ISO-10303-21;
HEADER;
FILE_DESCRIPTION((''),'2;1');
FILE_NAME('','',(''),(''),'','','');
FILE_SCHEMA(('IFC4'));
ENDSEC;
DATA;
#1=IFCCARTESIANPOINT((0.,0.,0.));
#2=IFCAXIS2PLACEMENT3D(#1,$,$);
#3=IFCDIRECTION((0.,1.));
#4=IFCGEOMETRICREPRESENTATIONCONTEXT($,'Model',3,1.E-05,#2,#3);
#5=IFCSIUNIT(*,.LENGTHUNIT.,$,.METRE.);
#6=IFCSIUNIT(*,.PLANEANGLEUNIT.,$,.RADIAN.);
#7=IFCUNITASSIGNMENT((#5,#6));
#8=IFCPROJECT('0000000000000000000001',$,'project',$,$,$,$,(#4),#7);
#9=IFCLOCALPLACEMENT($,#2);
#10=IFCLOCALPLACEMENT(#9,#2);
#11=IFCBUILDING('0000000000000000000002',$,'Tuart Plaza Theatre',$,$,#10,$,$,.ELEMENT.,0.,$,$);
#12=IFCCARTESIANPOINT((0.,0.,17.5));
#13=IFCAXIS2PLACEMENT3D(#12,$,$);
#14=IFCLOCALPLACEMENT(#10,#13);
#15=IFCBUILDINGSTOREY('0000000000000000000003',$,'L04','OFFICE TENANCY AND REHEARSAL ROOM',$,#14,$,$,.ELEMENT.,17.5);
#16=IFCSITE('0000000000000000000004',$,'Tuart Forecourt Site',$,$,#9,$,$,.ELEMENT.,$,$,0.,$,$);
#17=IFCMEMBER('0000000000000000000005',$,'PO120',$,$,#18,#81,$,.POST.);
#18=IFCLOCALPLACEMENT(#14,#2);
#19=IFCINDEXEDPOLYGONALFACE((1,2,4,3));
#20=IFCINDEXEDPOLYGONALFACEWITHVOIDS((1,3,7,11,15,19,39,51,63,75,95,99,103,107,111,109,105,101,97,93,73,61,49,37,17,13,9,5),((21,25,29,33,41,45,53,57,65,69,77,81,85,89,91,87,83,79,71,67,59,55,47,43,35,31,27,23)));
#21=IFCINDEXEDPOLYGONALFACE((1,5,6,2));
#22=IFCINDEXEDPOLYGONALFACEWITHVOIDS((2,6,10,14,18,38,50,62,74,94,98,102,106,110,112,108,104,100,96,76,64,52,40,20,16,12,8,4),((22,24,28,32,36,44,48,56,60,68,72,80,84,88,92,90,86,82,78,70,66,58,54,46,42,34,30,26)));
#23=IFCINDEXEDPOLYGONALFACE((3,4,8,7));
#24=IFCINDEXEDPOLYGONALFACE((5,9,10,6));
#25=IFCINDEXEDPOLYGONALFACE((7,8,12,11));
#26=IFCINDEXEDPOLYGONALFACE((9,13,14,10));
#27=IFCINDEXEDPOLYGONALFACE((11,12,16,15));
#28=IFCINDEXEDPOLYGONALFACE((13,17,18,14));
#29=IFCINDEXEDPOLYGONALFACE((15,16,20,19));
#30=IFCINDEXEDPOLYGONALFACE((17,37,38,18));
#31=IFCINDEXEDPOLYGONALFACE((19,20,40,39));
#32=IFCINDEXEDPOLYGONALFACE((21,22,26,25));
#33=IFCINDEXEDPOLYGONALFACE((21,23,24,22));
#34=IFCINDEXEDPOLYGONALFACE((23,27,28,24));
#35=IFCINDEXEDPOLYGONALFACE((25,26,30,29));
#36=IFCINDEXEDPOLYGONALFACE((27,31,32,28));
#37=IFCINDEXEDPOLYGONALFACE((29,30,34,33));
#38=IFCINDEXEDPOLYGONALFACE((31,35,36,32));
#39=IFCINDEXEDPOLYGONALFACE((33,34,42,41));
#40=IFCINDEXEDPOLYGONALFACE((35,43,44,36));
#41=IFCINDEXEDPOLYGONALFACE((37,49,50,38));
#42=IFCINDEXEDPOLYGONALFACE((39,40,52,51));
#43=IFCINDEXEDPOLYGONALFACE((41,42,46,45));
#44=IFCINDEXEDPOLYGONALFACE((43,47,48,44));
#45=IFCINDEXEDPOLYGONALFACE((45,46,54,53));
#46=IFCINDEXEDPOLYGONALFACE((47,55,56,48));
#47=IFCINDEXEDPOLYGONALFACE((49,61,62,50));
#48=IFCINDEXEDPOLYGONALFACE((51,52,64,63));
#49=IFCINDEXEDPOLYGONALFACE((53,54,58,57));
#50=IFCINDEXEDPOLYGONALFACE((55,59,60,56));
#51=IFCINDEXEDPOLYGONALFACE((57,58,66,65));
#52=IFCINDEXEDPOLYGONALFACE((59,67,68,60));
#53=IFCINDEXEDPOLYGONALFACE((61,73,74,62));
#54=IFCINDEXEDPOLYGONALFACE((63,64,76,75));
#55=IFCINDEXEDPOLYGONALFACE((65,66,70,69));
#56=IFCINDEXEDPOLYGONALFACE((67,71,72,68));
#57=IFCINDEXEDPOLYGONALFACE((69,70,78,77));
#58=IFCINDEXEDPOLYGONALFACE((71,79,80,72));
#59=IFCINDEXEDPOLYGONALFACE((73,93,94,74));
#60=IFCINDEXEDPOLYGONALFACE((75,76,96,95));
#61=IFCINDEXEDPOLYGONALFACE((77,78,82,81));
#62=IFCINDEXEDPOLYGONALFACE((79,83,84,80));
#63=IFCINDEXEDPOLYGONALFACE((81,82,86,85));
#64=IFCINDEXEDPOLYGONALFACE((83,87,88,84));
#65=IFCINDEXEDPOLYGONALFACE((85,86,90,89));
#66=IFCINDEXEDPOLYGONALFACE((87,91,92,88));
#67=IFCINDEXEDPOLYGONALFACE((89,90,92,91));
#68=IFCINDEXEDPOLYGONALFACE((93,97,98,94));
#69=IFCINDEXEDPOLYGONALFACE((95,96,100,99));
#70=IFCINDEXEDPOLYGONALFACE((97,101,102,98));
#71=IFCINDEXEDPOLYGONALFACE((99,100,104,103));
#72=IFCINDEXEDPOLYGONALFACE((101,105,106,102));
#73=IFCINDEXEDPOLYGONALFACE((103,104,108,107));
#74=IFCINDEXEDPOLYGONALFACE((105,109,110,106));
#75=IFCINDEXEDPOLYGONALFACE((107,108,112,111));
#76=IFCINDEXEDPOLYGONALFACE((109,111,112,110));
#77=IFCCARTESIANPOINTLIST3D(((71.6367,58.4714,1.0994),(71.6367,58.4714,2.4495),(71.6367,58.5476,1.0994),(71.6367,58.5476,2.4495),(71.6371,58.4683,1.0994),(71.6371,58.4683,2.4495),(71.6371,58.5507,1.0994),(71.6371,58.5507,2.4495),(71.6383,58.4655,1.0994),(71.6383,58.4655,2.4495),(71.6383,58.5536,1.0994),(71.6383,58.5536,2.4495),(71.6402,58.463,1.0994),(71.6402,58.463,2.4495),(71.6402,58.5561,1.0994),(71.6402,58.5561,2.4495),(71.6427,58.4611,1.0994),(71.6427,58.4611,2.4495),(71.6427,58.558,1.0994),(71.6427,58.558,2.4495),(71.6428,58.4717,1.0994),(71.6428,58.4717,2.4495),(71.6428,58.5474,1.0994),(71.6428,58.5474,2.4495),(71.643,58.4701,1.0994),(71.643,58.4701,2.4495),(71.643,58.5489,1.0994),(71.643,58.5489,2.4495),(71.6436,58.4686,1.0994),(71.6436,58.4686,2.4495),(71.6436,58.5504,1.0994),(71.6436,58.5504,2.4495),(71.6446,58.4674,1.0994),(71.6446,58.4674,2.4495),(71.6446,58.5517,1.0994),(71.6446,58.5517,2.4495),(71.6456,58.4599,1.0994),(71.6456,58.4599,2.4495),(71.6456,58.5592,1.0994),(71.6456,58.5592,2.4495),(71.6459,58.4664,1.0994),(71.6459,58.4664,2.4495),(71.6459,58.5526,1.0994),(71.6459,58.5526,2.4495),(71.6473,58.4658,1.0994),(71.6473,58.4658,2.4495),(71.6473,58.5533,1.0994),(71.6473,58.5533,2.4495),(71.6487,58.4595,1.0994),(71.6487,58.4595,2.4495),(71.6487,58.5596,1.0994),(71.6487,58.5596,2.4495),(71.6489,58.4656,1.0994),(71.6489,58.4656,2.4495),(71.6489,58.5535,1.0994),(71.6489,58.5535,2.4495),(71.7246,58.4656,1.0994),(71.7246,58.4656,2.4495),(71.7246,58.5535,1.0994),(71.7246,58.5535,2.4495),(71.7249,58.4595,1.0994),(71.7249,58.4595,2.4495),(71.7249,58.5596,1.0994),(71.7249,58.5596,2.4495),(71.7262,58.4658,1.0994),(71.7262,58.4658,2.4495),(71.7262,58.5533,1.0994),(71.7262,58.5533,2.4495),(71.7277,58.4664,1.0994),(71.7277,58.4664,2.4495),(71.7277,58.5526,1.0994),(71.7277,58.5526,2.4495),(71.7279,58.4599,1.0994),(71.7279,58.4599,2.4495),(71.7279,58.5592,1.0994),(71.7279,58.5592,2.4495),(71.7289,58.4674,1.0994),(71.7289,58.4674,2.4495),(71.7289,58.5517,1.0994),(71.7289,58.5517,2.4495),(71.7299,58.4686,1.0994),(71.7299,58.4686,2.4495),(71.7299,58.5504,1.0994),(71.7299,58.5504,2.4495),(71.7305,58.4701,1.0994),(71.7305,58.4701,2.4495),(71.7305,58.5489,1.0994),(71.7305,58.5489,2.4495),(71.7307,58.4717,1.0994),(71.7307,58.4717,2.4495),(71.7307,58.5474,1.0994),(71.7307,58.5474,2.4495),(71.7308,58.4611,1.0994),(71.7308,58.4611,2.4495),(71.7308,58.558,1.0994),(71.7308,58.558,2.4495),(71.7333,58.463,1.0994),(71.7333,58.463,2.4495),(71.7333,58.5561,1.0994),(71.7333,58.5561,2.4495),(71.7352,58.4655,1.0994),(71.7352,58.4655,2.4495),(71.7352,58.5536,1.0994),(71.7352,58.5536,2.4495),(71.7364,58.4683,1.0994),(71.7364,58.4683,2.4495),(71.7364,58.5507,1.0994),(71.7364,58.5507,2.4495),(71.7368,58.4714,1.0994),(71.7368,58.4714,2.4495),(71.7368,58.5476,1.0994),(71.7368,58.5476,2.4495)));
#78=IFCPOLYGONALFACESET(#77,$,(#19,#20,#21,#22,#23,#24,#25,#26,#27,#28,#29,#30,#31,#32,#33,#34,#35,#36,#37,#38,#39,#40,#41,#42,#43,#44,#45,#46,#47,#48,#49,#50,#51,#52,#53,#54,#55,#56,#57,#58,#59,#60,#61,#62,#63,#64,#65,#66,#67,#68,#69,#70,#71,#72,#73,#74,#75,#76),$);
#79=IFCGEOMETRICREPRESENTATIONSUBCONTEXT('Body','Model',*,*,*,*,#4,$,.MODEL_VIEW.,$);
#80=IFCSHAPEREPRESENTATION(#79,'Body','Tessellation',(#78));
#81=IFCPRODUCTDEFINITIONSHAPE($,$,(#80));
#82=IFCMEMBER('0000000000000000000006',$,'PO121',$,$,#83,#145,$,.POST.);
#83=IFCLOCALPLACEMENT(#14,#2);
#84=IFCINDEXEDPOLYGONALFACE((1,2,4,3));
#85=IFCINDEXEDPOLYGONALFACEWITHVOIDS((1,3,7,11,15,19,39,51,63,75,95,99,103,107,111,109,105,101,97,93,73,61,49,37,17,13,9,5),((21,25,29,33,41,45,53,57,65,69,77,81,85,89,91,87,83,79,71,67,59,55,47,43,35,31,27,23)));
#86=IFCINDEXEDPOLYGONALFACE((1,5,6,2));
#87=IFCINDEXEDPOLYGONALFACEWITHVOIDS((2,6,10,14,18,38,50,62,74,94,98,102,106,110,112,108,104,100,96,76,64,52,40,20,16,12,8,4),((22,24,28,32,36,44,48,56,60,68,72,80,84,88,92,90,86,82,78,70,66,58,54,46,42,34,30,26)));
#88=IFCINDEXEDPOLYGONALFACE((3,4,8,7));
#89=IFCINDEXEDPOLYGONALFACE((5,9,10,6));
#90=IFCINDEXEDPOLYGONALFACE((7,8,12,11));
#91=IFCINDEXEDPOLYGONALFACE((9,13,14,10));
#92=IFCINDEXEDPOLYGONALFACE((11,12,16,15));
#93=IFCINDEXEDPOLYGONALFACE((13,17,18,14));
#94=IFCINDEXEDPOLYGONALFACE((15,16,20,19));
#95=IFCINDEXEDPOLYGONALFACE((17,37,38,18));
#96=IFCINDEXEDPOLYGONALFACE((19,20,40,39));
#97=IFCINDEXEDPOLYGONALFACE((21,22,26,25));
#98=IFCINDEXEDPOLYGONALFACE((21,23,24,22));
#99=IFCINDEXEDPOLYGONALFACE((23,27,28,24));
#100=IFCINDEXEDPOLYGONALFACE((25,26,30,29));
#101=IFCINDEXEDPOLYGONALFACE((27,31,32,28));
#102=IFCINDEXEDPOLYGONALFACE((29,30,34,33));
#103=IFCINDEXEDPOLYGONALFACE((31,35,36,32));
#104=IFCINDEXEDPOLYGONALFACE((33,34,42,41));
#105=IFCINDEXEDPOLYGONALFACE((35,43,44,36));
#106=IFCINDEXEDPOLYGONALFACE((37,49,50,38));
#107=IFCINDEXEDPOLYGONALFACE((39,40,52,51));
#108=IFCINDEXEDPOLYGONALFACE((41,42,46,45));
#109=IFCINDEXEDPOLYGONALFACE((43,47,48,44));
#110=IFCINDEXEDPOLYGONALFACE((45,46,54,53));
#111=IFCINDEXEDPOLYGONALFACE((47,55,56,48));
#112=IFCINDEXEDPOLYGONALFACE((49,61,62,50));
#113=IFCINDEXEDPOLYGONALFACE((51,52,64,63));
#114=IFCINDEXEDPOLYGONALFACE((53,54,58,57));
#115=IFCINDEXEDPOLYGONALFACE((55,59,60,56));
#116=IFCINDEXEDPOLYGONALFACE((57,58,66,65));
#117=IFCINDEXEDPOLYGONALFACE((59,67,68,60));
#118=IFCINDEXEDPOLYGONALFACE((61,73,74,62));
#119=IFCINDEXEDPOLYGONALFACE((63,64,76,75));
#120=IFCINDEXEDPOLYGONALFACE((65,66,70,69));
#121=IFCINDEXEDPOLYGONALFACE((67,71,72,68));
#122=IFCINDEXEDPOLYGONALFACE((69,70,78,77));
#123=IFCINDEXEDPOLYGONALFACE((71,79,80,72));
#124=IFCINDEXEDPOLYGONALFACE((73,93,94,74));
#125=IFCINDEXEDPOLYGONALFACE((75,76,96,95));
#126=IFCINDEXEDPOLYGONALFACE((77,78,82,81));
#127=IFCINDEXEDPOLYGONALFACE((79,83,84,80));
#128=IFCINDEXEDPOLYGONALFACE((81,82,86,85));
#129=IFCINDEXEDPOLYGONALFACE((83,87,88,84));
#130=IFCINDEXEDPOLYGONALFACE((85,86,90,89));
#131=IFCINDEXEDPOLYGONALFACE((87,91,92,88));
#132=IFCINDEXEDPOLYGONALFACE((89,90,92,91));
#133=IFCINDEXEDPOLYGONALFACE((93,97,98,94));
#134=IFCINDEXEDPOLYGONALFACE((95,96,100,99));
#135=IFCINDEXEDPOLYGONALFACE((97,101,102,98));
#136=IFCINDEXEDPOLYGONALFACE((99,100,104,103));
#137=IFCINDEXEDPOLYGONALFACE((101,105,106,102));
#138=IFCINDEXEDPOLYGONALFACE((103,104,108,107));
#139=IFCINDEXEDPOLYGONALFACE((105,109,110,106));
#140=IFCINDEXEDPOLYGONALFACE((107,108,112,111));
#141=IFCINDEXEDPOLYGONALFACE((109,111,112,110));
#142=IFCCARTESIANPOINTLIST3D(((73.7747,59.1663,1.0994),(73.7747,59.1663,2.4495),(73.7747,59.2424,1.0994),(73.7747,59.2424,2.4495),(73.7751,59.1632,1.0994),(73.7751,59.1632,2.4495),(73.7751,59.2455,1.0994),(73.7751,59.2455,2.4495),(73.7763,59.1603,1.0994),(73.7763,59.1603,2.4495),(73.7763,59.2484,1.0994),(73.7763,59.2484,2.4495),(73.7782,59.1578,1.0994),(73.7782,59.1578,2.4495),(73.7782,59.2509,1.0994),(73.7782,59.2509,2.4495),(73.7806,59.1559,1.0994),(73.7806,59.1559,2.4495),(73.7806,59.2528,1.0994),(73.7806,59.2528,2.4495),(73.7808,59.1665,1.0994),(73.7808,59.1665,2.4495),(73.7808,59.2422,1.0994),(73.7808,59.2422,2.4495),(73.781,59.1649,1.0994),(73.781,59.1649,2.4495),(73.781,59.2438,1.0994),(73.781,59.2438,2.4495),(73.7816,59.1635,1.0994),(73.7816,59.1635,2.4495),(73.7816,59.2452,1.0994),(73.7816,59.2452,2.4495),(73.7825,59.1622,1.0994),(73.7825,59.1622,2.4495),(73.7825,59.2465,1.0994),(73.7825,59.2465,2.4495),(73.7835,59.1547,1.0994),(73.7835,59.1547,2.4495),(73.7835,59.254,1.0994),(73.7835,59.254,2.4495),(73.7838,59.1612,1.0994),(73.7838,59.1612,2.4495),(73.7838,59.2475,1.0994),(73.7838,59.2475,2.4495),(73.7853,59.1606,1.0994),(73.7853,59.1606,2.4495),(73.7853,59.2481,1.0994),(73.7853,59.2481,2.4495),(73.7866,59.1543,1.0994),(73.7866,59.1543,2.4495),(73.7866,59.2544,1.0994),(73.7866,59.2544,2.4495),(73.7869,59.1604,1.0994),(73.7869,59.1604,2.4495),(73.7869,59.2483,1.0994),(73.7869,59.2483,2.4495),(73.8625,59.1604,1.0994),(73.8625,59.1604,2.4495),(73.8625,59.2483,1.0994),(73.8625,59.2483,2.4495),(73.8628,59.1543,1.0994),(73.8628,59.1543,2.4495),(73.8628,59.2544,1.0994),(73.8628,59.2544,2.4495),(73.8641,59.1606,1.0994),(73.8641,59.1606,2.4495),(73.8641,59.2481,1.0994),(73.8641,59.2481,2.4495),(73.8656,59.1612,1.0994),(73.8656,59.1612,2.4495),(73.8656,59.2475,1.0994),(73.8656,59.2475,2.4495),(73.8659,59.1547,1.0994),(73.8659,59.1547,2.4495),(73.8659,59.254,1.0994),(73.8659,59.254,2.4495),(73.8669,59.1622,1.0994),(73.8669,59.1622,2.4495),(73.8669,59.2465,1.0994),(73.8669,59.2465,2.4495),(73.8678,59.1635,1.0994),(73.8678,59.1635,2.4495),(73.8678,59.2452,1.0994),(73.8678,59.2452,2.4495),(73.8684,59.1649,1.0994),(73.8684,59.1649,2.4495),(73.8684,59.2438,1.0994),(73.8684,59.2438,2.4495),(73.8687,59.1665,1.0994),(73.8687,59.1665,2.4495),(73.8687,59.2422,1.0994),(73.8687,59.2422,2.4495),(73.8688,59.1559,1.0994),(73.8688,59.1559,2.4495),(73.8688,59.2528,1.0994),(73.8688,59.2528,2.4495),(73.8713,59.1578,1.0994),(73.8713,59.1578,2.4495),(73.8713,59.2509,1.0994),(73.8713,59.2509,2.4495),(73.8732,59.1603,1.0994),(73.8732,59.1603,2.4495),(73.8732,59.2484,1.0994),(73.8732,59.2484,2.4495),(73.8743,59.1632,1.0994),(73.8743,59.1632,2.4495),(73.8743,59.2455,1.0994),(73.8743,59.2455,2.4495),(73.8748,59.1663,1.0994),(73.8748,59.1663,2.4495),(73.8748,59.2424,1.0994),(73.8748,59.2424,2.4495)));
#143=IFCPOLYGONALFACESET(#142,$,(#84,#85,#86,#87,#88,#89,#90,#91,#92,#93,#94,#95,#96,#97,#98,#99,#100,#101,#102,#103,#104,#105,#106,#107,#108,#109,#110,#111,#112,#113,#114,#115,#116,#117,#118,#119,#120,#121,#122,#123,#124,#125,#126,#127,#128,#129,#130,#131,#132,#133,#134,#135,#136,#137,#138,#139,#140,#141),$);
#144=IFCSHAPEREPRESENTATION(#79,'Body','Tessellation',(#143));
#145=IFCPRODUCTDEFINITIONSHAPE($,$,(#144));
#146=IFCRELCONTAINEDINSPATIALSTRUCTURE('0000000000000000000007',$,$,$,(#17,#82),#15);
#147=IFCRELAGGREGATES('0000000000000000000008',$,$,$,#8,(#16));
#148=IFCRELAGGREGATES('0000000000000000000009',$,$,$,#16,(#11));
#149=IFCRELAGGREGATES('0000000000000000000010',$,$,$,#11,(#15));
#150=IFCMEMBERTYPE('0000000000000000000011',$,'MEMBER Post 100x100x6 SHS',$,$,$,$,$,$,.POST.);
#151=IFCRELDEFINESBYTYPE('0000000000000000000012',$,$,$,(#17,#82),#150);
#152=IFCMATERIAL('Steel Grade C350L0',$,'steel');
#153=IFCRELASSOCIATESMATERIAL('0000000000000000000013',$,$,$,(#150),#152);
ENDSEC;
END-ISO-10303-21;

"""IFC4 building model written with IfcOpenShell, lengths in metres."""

from ifc_helpers import new_model, si_unit, direction, frame, origin, origin_2d, place, context, subcontext, project, spatial, hollow_rectangle, extrude, material, material_profile, profile_set, type_object, element, save


model = new_model("IFC4")

# Units and contexts
model_context = context("Model", 3, precision=1e-05, world=origin(), true_north=direction((0.0, 1.0)))
body_context = subcontext(model_context, "Body", "Model", "MODEL_VIEW")
ifc_project = project(units=[si_unit("LENGTHUNIT", "METRE"), si_unit("PLANEANGLEUNIT", "RADIAN")], contexts=[model_context])

# Site, building, storey
site_placement = place(None, origin())
site = spatial("IfcSite", under=ifc_project, at=site_placement, Name="Tuart Forecourt Site", CompositionType="ELEMENT", RefElevation=0.0)
building_placement = place(site_placement, origin())
building = spatial("IfcBuilding", under=site, at=building_placement, Name="Tuart Plaza Theatre", CompositionType="ELEMENT", ElevationOfRefHeight=0.0)
storey_placement = place(building_placement, frame((0.0, 0.0, 17.5)))
storey = spatial("IfcBuildingStorey", under=building, at=storey_placement, Name="L04", Description="OFFICE TENANCY AND REHEARSAL ROOM", CompositionType="ELEMENT", Elevation=17.5)

# Members
ifc_material_1 = material(Name="Steel Grade C350L0", Category="steel")
ifc_material_profile_1 = material_profile(ifc_material_1, hollow_rectangle(XDim=0.1001, YDim=0.1001, WallThickness=0.0061, InnerFilletRadius=0.0061, OuterFilletRadius=0.012, at=origin_2d()), Name="100x100x6 SHS")
ifc_profile_set_1 = profile_set([ifc_material_profile_1], Name="Steel Grade C350L0")
member_type_1 = type_object("IfcMemberType", Name="MEMBER Post 100x100x6 SHS", PredefinedType="POST", material=ifc_profile_set_1)
for number, where, z_axis, x_axis, name in (
    (1, (71.6868, 58.5095, 1.0994), (0.0, 0.0, 1.0), (1.0, 0.0, 0.0), "PO120"),
    (2, (73.8247, 59.2043, 1.0994), (0.0, 0.0, 1.0), (1.0, 0.0, 0.0), "PO121"),
):
    element("IfcMember", number, at=place(storey_placement, frame(where, z_axis=z_axis, x_axis=x_axis)), inside=storey, type_object=member_type_1, Name=name, PredefinedType="POST", context=body_context, shape_type="SweptSolid", body=[
        extrude(hollow_rectangle(XDim=0.1001, YDim=0.1001, WallThickness=0.0061, InnerFilletRadius=0.0061, OuterFilletRadius=0.012, at=origin_2d()), origin(), (0.0, 0.0, 1.0), 1.3501),
    ])

save(model, "model.ifc")
